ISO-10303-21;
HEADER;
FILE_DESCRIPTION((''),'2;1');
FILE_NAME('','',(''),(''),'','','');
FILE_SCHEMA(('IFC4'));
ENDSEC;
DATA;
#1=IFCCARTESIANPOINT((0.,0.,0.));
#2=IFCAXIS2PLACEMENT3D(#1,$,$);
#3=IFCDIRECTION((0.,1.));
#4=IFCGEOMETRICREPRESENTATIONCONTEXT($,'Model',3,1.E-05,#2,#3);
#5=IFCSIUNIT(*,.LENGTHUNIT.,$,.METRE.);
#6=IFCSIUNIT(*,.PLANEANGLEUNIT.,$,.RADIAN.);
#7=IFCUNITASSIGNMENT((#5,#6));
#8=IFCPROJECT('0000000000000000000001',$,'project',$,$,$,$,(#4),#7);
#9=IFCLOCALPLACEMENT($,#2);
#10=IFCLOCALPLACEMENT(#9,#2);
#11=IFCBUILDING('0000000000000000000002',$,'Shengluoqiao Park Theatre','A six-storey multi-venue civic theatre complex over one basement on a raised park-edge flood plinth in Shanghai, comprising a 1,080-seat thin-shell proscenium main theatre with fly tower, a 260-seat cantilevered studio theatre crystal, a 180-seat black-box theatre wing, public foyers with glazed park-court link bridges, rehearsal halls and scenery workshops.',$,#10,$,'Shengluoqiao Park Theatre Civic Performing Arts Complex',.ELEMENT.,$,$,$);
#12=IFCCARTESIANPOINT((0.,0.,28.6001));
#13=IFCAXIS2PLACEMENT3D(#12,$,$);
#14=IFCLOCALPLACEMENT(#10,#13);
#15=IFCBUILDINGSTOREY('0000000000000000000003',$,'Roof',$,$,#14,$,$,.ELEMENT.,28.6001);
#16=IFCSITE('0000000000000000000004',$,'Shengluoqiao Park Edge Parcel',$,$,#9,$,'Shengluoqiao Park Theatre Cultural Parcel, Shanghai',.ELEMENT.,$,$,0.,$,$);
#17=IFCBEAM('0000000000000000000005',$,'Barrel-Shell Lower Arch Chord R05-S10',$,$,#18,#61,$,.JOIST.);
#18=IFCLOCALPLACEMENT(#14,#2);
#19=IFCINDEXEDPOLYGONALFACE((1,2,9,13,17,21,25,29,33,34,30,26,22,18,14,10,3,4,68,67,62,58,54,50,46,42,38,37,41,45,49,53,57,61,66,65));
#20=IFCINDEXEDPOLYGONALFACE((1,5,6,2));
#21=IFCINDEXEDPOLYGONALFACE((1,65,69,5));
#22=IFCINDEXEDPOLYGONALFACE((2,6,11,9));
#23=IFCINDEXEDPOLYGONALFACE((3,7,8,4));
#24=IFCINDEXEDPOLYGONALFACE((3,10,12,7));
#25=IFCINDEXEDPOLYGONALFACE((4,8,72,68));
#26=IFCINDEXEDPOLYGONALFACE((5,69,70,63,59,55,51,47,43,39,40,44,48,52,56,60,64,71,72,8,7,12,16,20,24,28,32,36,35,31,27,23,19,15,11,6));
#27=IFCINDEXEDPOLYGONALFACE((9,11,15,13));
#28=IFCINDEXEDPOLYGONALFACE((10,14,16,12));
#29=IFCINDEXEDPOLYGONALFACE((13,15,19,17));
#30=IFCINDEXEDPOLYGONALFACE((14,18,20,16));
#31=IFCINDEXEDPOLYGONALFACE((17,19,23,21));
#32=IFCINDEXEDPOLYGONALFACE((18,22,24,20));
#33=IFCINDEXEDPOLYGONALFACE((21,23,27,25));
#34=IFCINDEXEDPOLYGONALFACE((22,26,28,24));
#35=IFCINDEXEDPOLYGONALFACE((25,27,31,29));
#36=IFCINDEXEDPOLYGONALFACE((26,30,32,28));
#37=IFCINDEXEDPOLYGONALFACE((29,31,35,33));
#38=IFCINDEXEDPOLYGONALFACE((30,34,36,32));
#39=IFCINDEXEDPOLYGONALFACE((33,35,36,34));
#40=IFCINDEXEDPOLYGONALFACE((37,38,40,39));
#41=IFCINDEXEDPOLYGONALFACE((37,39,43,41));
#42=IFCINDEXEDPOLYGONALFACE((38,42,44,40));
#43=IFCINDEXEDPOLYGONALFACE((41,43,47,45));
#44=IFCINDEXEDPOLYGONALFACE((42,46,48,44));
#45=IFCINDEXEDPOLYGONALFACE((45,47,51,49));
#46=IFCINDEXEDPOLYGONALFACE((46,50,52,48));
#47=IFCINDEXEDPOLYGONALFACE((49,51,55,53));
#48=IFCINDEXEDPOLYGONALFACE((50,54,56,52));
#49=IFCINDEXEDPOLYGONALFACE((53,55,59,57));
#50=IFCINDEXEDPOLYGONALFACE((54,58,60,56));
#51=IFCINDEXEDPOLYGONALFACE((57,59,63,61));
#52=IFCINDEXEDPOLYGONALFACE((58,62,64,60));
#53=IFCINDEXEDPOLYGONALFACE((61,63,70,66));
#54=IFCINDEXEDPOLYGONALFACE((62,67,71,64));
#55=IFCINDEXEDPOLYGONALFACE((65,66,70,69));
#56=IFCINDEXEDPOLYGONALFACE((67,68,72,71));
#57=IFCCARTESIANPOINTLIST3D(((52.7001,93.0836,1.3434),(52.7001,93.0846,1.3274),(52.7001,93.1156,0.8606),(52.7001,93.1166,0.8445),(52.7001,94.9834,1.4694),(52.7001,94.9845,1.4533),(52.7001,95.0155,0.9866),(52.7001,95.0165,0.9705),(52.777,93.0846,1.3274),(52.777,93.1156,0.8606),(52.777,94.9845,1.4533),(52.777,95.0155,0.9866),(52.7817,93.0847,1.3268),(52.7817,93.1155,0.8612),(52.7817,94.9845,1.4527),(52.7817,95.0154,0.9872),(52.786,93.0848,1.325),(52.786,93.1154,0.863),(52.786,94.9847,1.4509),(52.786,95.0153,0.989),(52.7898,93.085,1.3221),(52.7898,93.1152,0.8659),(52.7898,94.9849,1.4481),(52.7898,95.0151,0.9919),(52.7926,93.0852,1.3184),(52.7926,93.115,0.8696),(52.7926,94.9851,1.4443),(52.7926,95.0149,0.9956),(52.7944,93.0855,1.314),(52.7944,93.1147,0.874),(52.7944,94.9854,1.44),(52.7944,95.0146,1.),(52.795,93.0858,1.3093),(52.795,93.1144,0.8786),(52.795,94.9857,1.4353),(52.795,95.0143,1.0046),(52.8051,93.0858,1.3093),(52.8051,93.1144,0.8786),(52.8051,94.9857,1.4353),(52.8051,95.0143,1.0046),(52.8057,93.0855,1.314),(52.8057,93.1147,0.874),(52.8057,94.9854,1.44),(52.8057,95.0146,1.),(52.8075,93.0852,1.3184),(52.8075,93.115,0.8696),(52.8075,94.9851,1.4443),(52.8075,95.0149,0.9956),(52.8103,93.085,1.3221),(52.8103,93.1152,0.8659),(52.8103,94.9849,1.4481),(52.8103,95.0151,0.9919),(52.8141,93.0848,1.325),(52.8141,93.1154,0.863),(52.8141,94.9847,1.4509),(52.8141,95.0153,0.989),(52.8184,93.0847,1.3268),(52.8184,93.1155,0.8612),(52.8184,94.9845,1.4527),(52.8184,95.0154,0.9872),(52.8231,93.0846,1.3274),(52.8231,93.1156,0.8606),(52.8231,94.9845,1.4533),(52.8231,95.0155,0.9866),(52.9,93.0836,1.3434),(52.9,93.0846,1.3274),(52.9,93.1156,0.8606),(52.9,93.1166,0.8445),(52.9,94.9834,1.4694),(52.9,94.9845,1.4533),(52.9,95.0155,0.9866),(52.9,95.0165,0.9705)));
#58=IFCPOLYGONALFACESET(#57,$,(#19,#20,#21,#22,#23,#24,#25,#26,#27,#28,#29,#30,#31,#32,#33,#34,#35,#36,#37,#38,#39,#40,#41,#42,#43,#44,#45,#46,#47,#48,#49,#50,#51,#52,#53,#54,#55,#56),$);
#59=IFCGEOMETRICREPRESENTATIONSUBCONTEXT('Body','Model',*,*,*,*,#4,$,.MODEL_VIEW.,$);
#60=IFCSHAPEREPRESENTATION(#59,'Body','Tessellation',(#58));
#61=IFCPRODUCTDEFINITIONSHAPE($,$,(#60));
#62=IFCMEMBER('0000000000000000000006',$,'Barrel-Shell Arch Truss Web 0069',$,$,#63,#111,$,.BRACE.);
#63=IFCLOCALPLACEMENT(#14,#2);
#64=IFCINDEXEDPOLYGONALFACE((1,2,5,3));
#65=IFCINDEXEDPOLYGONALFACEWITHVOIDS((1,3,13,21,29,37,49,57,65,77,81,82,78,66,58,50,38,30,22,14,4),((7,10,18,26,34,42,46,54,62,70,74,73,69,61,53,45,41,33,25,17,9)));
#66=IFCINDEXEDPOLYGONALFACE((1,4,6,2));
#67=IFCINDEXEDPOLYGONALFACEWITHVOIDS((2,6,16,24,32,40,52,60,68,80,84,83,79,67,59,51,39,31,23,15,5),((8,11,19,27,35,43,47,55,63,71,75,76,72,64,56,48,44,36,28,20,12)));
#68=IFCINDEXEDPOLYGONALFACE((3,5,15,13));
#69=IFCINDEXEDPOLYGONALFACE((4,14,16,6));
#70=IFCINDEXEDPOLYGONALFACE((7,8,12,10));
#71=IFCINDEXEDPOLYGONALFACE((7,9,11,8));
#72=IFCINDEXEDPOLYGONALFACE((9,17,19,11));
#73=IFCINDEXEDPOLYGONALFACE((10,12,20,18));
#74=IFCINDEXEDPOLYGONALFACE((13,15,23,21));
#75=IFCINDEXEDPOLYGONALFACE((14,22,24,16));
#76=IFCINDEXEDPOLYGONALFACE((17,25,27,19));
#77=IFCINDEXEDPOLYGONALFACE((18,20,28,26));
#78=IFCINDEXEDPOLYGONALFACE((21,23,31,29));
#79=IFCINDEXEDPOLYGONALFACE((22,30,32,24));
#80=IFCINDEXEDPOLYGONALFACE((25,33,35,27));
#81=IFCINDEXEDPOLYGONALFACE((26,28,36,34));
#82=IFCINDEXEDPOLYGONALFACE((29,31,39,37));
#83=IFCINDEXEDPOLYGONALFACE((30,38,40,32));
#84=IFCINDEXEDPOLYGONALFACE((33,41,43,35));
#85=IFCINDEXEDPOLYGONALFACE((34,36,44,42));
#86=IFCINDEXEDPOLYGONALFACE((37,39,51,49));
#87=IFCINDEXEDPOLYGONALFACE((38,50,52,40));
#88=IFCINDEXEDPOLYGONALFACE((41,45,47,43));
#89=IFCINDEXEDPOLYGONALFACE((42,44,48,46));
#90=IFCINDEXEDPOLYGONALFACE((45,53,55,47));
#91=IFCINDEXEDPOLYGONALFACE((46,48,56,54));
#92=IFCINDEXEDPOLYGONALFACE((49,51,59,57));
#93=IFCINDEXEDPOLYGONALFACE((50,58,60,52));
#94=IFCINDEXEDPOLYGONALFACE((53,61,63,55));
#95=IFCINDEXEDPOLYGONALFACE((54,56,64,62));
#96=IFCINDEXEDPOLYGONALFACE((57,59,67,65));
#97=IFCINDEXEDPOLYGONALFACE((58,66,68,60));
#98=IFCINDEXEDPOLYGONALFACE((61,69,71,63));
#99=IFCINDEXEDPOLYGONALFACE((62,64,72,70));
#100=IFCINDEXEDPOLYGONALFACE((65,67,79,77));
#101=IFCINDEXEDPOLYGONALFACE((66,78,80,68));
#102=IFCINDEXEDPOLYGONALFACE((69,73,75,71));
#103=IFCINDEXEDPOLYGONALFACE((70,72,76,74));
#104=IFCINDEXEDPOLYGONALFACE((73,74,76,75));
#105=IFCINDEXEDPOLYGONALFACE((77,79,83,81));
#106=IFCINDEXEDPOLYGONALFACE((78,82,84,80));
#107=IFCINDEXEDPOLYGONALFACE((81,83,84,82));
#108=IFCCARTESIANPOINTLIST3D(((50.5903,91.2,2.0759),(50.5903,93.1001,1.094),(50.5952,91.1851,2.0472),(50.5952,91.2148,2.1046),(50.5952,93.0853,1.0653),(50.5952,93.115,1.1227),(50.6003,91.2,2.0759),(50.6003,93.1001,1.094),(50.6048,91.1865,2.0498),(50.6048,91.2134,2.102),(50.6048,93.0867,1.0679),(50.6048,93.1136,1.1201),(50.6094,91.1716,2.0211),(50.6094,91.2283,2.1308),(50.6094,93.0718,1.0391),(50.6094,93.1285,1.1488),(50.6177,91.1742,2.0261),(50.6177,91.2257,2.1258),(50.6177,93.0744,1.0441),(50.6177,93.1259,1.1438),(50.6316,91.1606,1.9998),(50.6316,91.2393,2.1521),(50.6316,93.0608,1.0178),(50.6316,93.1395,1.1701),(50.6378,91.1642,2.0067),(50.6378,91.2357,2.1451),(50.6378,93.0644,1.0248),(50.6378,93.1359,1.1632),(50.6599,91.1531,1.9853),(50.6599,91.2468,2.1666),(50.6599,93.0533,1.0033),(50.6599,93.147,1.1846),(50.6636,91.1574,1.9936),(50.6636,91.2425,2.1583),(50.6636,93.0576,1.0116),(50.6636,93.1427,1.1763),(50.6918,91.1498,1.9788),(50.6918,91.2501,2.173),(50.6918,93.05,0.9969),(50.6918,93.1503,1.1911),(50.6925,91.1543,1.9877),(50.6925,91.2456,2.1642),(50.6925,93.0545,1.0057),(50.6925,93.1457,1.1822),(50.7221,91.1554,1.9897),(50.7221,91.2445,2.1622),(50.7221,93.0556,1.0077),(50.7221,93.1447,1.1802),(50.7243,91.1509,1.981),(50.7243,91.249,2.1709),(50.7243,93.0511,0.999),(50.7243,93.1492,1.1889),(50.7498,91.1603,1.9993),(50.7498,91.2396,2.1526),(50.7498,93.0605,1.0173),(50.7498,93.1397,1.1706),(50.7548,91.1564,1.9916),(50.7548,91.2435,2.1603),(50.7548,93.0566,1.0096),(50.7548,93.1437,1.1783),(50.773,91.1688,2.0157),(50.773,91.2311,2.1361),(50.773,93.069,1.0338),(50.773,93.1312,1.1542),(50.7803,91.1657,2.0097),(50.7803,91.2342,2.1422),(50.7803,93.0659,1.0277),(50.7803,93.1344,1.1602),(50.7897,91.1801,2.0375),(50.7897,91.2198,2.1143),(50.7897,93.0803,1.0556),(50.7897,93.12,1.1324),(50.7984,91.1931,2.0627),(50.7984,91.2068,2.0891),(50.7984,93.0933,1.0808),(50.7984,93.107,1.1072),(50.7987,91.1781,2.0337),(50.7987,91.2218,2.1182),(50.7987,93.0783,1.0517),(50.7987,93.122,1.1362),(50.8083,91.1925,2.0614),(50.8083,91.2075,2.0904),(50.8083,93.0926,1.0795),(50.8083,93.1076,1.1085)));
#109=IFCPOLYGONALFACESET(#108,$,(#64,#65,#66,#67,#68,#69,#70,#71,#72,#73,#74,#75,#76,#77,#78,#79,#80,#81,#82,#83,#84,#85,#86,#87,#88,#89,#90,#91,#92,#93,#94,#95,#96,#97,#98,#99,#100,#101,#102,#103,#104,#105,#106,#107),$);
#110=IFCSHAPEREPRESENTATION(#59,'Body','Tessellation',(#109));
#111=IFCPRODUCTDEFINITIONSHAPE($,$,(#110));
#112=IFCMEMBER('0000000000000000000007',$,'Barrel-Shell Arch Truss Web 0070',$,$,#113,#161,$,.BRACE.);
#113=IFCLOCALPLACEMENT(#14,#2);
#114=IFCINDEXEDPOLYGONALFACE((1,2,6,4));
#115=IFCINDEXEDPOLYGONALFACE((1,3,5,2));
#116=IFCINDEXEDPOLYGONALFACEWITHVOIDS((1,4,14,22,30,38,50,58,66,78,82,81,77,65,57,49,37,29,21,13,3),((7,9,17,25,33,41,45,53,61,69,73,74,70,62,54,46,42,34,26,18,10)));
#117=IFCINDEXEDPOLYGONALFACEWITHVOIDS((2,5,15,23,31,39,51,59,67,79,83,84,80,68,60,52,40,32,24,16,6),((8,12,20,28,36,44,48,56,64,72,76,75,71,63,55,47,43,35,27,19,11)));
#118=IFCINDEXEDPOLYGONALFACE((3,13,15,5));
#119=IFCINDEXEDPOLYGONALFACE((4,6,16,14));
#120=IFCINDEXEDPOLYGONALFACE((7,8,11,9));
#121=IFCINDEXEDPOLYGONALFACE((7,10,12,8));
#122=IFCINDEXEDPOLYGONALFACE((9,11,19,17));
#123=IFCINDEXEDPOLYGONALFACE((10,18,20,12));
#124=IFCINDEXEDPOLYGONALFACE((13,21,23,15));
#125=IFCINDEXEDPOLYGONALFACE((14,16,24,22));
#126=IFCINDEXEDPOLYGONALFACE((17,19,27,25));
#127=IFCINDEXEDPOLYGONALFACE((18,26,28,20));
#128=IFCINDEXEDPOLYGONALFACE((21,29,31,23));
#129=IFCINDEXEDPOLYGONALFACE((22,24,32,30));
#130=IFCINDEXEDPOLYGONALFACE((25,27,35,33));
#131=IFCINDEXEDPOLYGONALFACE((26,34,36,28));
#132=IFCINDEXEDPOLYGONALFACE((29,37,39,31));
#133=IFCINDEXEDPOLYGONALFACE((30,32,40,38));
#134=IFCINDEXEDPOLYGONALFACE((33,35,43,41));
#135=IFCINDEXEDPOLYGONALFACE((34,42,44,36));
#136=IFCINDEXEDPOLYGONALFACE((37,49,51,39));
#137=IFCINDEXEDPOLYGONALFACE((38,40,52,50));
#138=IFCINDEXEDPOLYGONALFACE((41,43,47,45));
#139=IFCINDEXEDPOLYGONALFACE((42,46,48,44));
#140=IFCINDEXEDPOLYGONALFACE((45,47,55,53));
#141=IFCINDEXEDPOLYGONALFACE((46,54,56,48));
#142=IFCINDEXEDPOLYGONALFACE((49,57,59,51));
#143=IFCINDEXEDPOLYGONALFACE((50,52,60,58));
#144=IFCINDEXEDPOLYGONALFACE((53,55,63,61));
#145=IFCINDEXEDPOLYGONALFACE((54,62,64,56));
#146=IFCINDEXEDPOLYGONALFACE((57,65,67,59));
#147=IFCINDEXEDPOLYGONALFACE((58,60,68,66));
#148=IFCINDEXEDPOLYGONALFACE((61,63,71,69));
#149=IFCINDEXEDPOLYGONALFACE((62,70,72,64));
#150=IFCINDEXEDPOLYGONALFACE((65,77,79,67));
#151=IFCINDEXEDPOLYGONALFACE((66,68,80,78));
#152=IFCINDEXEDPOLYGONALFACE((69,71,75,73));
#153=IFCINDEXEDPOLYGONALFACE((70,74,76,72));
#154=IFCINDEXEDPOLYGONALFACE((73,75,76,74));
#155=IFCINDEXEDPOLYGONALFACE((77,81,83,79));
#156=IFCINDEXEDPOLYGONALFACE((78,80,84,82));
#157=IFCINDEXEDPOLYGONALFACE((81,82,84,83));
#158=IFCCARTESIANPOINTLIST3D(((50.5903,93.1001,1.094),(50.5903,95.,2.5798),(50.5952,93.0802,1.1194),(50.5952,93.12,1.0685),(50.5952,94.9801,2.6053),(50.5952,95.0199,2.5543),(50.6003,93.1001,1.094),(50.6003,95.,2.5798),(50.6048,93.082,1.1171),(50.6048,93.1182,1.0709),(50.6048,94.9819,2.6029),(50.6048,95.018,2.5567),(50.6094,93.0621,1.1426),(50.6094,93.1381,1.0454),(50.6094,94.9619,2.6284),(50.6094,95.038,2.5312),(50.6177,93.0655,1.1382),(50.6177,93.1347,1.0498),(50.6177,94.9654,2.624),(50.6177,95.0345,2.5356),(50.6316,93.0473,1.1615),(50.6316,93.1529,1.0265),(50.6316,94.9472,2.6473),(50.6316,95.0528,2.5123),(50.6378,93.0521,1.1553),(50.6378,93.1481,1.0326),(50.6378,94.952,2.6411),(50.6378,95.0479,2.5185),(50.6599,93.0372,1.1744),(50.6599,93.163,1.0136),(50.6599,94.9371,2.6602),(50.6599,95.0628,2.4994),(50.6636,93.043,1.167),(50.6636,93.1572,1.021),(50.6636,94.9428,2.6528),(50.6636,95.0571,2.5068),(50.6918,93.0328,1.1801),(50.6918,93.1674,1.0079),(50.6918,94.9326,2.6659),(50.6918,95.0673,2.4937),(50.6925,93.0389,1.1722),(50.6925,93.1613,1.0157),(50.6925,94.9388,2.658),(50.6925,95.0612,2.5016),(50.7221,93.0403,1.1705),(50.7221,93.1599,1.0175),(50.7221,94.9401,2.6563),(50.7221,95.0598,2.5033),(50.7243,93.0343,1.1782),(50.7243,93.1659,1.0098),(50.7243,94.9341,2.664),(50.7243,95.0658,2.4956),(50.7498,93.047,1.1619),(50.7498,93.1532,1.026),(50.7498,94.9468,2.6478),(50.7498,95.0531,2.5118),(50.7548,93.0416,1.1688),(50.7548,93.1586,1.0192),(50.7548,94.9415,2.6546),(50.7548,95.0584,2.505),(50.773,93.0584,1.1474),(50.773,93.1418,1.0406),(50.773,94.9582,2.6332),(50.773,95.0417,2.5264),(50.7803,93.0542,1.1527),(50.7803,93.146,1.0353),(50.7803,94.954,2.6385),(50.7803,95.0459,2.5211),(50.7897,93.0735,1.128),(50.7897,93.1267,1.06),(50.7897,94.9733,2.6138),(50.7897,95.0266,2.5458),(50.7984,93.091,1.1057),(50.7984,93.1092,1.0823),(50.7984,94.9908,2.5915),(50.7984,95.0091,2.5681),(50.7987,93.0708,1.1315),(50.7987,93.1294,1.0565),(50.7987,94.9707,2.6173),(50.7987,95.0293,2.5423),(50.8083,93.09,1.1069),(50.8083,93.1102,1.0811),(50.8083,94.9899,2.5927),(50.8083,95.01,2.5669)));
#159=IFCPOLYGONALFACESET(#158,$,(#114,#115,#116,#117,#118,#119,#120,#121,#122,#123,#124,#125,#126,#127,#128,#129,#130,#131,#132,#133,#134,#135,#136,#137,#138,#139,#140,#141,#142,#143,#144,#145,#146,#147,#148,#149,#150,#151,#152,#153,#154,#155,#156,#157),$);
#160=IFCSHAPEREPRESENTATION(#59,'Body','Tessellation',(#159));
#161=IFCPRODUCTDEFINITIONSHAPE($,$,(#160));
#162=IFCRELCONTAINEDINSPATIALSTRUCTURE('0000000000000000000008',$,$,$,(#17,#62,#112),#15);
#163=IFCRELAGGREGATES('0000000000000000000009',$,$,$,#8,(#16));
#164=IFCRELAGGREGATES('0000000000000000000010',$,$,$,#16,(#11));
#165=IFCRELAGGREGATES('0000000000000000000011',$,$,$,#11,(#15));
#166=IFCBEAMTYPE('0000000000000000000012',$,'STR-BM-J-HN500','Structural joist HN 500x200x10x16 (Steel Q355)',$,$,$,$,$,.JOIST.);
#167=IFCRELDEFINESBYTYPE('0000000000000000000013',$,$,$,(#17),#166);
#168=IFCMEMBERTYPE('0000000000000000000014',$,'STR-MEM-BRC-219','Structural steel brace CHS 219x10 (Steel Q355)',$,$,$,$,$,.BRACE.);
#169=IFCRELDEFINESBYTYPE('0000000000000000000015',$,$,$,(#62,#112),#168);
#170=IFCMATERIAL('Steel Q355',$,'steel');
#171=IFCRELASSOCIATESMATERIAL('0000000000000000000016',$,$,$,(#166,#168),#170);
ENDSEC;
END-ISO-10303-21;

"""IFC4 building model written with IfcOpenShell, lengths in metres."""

from ifc_helpers import new_model, si_unit, direction, frame, origin, origin_2d, place, context, subcontext, project, spatial, hollow_circle, i_section, extrude, material, material_profile, profile_set, type_object, element, save


model = new_model("IFC4")

# Units and contexts
model_context = context("Model", 3, precision=1e-05, world=origin(), true_north=direction((0.0, 1.0)))
body_context = subcontext(model_context, "Body", "Model", "MODEL_VIEW")
ifc_project = project(units=[si_unit("LENGTHUNIT", "METRE"), si_unit("PLANEANGLEUNIT", "RADIAN")], contexts=[model_context])

# Site, building, storey
site_placement = place(None, origin())
site = spatial("IfcSite", under=ifc_project, at=site_placement, Name="Shengluoqiao Park Edge Parcel", LongName="Shengluoqiao Park Theatre Cultural Parcel, Shanghai", CompositionType="ELEMENT", RefElevation=0.0)
building_placement = place(site_placement, origin())
building = spatial("IfcBuilding", under=site, at=building_placement, Name="Shengluoqiao Park Theatre", Description="A six-storey multi-venue civic theatre complex over one basement on a raised park-edge flood plinth in Shanghai, comprising a 1,080-seat thin-shell proscenium main theatre with fly tower, a 260-seat cantilevered studio theatre crystal, a 180-seat black-box theatre wing, public foyers with glazed park-court link bridges, rehearsal halls and scenery workshops.", LongName="Shengluoqiao Park Theatre Civic Performing Arts Complex", CompositionType="ELEMENT")
storey_placement = place(building_placement, frame((0.0, 0.0, 28.6001)))
storey = spatial("IfcBuildingStorey", under=building, at=storey_placement, Name="Roof", CompositionType="ELEMENT", Elevation=28.6001)

# Beam
ifc_material_1 = material(Name="Steel Q355", Category="steel")
ifc_material_profile_1 = material_profile(ifc_material_1, i_section(OverallWidth=0.2, OverallDepth=0.5, WebThickness=0.01, FlangeThickness=0.0161, FilletRadius=0.0181, at=origin_2d()), Name="HN 500x200x10x16")
ifc_profile_set_1 = profile_set([ifc_material_profile_1], Name="Steel Q355")
beam_type_1 = type_object("IfcBeamType", Name="STR-BM-J-HN500", Description="Structural joist HN 500x200x10x16 (Steel Q355)", PredefinedType="JOIST", material=ifc_profile_set_1)
beam_1_placement = place(storey_placement, frame((52.8, 93.1001, 1.094), z_axis=(0.0, 0.997809, 0.066162), x_axis=(-1.0, 0.0, 0.0)))
element("IfcBeam", 1, at=beam_1_placement, inside=storey, type_object=beam_type_1, Name="Barrel-Shell Lower Arch Chord R05-S10", PredefinedType="JOIST", context=body_context, shape_type="SweptSolid", body=[
    extrude(i_section(OverallWidth=0.2, OverallDepth=0.5, WebThickness=0.01, FlangeThickness=0.0161, FilletRadius=0.0181, at=origin_2d()), origin(), (0.0, 0.0, 1.0), 1.9041),
])

# Members
ifc_material_profile_2 = material_profile(ifc_material_1, hollow_circle(Radius=0.1096, WallThickness=0.01, at=origin_2d()), Name="CHS 219x10")
ifc_profile_set_2 = profile_set([ifc_material_profile_2], Name="Steel Q355")
member_type_1 = type_object("IfcMemberType", Name="STR-MEM-BRC-219", Description="Structural steel brace CHS 219x10 (Steel Q355)", PredefinedType="BRACE", material=ifc_profile_set_2)
member_1_placement = place(storey_placement, frame((50.7, 91.2, 2.0759), z_axis=(0.0, 0.888389, -0.459091), x_axis=(-1.0, 0.0, 0.0)))
element("IfcMember", 2, at=member_1_placement, inside=storey, type_object=member_type_1, Name="Barrel-Shell Arch Truss Web 0069", PredefinedType="BRACE", context=body_context, shape_type="SweptSolid", body=[
    extrude(hollow_circle(Radius=0.1096, WallThickness=0.01, at=origin_2d()), origin(), (0.0, 0.0, 1.0), 2.1389),
])
member_2_placement = place(storey_placement, frame((50.7, 93.1001, 1.094), z_axis=(0.0, 0.787714, 0.616041), x_axis=(-1.0, 0.0, 0.0)))
element("IfcMember", 3, at=member_2_placement, inside=storey, type_object=member_type_1, Name="Barrel-Shell Arch Truss Web 0070", PredefinedType="BRACE", context=body_context, shape_type="SweptSolid", body=[
    extrude(hollow_circle(Radius=0.1096, WallThickness=0.01, at=origin_2d()), origin(), (0.0, 0.0, 1.0), 2.4119),
])

save(model, "model.ifc")
